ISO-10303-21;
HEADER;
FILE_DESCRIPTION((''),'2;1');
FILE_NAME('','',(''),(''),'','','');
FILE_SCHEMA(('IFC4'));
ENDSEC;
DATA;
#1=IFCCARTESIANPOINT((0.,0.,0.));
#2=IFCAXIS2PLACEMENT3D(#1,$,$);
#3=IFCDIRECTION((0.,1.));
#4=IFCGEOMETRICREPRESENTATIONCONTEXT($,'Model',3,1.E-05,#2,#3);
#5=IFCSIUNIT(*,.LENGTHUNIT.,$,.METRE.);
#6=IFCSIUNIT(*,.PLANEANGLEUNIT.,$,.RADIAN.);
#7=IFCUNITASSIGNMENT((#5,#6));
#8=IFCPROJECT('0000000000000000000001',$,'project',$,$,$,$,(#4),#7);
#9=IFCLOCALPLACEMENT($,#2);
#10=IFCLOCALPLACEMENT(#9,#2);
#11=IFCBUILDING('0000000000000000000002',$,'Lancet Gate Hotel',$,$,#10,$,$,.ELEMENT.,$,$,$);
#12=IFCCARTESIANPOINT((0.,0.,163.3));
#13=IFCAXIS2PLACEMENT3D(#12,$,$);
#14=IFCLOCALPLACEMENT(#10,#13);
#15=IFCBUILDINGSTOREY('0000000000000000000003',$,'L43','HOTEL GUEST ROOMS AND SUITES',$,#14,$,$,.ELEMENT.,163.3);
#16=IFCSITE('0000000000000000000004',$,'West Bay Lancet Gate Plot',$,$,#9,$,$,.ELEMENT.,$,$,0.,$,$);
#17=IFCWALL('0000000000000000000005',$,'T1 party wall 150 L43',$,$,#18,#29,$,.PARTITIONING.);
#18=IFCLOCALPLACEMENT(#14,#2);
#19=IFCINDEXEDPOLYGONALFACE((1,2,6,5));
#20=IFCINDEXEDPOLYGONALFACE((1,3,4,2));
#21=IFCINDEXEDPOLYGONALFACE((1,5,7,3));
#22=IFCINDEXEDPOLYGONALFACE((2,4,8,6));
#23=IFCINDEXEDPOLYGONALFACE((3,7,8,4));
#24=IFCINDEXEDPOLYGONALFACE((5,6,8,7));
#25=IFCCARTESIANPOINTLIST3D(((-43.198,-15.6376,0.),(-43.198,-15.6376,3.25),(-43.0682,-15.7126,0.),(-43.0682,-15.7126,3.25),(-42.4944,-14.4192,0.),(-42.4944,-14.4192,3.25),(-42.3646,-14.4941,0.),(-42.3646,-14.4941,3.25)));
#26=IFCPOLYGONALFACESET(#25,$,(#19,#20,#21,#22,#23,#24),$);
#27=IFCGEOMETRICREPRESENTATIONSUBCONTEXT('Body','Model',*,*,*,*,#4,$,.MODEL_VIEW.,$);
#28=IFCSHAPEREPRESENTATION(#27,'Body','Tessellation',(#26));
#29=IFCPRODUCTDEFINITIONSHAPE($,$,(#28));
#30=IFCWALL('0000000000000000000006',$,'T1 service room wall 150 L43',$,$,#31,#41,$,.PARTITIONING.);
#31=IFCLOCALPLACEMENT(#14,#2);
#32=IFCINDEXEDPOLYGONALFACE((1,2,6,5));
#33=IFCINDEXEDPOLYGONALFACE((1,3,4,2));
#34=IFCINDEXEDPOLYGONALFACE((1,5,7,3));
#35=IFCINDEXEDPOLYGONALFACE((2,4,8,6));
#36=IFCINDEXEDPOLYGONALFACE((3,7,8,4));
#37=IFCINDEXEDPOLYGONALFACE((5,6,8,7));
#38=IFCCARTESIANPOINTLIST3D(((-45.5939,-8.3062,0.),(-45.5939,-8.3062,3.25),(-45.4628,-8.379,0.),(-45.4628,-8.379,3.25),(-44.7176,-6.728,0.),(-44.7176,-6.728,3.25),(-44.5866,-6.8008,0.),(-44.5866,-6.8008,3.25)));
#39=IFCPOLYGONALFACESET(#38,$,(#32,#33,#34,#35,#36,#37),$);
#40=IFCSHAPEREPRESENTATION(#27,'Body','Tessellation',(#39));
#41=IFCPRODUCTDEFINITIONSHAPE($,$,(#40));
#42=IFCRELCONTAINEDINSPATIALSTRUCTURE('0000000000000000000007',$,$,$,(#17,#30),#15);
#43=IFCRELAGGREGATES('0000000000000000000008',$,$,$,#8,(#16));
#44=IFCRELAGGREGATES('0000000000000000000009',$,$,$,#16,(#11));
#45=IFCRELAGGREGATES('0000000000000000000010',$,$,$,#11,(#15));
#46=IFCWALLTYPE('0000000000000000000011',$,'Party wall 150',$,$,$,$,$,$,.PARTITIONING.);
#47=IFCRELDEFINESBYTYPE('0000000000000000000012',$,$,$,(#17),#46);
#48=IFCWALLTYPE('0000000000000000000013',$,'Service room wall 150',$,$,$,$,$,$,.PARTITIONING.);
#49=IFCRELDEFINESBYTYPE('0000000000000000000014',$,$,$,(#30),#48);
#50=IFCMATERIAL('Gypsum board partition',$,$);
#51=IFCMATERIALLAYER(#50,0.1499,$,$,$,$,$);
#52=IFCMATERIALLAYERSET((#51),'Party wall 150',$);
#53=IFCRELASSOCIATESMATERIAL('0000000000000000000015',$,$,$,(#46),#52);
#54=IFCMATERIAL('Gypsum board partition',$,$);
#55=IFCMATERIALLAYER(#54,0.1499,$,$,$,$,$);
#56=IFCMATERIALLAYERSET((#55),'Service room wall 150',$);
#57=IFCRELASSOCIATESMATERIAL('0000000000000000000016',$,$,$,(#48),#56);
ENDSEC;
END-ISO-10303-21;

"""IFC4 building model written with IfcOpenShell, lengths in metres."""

from ifc_helpers import new_model, si_unit, direction, frame, frame_2d, origin, place, context, subcontext, project, spatial, rectangle, extrude, material, layer, layer_set, type_object, element, save


model = new_model("IFC4")

# Units and contexts
model_context = context("Model", 3, precision=1e-05, world=origin(), true_north=direction((0.0, 1.0)))
body_context = subcontext(model_context, "Body", "Model", "MODEL_VIEW")
ifc_project = project(units=[si_unit("LENGTHUNIT", "METRE"), si_unit("PLANEANGLEUNIT", "RADIAN")], contexts=[model_context])

# Site, building, storey
site_placement = place(None, origin())
site = spatial("IfcSite", under=ifc_project, at=site_placement, Name="West Bay Lancet Gate Plot", CompositionType="ELEMENT", RefElevation=0.0)
building_placement = place(site_placement, origin())
building = spatial("IfcBuilding", under=site, at=building_placement, Name="Lancet Gate Hotel", CompositionType="ELEMENT")
storey_placement = place(building_placement, frame((0.0, 0.0, 163.3)))
storey = spatial("IfcBuildingStorey", under=building, at=storey_placement, Name="L43", Description="HOTEL GUEST ROOMS AND SUITES", CompositionType="ELEMENT", Elevation=163.3)

# Walls
ifc_material_1 = material(Name="Gypsum board partition")
ifc_layer_1 = layer(ifc_material_1, 0.1499)
ifc_layer_set_1 = layer_set([ifc_layer_1], Name="Party wall 150")
wall_type_1 = type_object("IfcWallType", Name="Party wall 150", PredefinedType="PARTITIONING", material=ifc_layer_set_1)
wall_1_placement = place(storey_placement, frame((-42.4294, -14.4565, 0.0), z_axis=(0.0, 0.0, 1.0), x_axis=(-0.500058, -0.865992, 0.0)))
element("IfcWall", 1, at=wall_1_placement, inside=storey, type_object=wall_type_1, Name="T1 party wall 150 L43", PredefinedType="PARTITIONING", context=body_context, shape_type="SweptSolid", body=[
    extrude(rectangle(XDim=1.407, YDim=0.1499, at=frame_2d((0.7036, 0.0))), origin(), (0.0, 0.0, 1.0), 3.25),
])
ifc_material_2 = material(Name="Gypsum board partition")
ifc_layer_2 = layer(ifc_material_2, 0.1499)
ifc_layer_set_2 = layer_set([ifc_layer_2], Name="Service room wall 150")
wall_type_2 = type_object("IfcWallType", Name="Service room wall 150", PredefinedType="PARTITIONING", material=ifc_layer_set_2)
wall_2_placement = place(storey_placement, frame((-44.6521, -6.7644, 0.0), z_axis=(0.0, 0.0, 1.0), x_axis=(-0.485425, -0.874278, 0.0)))
element("IfcWall", 2, at=wall_2_placement, inside=storey, type_object=wall_type_2, Name="T1 service room wall 150 L43", PredefinedType="PARTITIONING", context=body_context, shape_type="SweptSolid", body=[
    extrude(rectangle(XDim=1.8052, YDim=0.1499, at=frame_2d((0.9026, 0.0))), origin(), (0.0, 0.0, 1.0), 3.25),
])

save(model, "model.ifc")
